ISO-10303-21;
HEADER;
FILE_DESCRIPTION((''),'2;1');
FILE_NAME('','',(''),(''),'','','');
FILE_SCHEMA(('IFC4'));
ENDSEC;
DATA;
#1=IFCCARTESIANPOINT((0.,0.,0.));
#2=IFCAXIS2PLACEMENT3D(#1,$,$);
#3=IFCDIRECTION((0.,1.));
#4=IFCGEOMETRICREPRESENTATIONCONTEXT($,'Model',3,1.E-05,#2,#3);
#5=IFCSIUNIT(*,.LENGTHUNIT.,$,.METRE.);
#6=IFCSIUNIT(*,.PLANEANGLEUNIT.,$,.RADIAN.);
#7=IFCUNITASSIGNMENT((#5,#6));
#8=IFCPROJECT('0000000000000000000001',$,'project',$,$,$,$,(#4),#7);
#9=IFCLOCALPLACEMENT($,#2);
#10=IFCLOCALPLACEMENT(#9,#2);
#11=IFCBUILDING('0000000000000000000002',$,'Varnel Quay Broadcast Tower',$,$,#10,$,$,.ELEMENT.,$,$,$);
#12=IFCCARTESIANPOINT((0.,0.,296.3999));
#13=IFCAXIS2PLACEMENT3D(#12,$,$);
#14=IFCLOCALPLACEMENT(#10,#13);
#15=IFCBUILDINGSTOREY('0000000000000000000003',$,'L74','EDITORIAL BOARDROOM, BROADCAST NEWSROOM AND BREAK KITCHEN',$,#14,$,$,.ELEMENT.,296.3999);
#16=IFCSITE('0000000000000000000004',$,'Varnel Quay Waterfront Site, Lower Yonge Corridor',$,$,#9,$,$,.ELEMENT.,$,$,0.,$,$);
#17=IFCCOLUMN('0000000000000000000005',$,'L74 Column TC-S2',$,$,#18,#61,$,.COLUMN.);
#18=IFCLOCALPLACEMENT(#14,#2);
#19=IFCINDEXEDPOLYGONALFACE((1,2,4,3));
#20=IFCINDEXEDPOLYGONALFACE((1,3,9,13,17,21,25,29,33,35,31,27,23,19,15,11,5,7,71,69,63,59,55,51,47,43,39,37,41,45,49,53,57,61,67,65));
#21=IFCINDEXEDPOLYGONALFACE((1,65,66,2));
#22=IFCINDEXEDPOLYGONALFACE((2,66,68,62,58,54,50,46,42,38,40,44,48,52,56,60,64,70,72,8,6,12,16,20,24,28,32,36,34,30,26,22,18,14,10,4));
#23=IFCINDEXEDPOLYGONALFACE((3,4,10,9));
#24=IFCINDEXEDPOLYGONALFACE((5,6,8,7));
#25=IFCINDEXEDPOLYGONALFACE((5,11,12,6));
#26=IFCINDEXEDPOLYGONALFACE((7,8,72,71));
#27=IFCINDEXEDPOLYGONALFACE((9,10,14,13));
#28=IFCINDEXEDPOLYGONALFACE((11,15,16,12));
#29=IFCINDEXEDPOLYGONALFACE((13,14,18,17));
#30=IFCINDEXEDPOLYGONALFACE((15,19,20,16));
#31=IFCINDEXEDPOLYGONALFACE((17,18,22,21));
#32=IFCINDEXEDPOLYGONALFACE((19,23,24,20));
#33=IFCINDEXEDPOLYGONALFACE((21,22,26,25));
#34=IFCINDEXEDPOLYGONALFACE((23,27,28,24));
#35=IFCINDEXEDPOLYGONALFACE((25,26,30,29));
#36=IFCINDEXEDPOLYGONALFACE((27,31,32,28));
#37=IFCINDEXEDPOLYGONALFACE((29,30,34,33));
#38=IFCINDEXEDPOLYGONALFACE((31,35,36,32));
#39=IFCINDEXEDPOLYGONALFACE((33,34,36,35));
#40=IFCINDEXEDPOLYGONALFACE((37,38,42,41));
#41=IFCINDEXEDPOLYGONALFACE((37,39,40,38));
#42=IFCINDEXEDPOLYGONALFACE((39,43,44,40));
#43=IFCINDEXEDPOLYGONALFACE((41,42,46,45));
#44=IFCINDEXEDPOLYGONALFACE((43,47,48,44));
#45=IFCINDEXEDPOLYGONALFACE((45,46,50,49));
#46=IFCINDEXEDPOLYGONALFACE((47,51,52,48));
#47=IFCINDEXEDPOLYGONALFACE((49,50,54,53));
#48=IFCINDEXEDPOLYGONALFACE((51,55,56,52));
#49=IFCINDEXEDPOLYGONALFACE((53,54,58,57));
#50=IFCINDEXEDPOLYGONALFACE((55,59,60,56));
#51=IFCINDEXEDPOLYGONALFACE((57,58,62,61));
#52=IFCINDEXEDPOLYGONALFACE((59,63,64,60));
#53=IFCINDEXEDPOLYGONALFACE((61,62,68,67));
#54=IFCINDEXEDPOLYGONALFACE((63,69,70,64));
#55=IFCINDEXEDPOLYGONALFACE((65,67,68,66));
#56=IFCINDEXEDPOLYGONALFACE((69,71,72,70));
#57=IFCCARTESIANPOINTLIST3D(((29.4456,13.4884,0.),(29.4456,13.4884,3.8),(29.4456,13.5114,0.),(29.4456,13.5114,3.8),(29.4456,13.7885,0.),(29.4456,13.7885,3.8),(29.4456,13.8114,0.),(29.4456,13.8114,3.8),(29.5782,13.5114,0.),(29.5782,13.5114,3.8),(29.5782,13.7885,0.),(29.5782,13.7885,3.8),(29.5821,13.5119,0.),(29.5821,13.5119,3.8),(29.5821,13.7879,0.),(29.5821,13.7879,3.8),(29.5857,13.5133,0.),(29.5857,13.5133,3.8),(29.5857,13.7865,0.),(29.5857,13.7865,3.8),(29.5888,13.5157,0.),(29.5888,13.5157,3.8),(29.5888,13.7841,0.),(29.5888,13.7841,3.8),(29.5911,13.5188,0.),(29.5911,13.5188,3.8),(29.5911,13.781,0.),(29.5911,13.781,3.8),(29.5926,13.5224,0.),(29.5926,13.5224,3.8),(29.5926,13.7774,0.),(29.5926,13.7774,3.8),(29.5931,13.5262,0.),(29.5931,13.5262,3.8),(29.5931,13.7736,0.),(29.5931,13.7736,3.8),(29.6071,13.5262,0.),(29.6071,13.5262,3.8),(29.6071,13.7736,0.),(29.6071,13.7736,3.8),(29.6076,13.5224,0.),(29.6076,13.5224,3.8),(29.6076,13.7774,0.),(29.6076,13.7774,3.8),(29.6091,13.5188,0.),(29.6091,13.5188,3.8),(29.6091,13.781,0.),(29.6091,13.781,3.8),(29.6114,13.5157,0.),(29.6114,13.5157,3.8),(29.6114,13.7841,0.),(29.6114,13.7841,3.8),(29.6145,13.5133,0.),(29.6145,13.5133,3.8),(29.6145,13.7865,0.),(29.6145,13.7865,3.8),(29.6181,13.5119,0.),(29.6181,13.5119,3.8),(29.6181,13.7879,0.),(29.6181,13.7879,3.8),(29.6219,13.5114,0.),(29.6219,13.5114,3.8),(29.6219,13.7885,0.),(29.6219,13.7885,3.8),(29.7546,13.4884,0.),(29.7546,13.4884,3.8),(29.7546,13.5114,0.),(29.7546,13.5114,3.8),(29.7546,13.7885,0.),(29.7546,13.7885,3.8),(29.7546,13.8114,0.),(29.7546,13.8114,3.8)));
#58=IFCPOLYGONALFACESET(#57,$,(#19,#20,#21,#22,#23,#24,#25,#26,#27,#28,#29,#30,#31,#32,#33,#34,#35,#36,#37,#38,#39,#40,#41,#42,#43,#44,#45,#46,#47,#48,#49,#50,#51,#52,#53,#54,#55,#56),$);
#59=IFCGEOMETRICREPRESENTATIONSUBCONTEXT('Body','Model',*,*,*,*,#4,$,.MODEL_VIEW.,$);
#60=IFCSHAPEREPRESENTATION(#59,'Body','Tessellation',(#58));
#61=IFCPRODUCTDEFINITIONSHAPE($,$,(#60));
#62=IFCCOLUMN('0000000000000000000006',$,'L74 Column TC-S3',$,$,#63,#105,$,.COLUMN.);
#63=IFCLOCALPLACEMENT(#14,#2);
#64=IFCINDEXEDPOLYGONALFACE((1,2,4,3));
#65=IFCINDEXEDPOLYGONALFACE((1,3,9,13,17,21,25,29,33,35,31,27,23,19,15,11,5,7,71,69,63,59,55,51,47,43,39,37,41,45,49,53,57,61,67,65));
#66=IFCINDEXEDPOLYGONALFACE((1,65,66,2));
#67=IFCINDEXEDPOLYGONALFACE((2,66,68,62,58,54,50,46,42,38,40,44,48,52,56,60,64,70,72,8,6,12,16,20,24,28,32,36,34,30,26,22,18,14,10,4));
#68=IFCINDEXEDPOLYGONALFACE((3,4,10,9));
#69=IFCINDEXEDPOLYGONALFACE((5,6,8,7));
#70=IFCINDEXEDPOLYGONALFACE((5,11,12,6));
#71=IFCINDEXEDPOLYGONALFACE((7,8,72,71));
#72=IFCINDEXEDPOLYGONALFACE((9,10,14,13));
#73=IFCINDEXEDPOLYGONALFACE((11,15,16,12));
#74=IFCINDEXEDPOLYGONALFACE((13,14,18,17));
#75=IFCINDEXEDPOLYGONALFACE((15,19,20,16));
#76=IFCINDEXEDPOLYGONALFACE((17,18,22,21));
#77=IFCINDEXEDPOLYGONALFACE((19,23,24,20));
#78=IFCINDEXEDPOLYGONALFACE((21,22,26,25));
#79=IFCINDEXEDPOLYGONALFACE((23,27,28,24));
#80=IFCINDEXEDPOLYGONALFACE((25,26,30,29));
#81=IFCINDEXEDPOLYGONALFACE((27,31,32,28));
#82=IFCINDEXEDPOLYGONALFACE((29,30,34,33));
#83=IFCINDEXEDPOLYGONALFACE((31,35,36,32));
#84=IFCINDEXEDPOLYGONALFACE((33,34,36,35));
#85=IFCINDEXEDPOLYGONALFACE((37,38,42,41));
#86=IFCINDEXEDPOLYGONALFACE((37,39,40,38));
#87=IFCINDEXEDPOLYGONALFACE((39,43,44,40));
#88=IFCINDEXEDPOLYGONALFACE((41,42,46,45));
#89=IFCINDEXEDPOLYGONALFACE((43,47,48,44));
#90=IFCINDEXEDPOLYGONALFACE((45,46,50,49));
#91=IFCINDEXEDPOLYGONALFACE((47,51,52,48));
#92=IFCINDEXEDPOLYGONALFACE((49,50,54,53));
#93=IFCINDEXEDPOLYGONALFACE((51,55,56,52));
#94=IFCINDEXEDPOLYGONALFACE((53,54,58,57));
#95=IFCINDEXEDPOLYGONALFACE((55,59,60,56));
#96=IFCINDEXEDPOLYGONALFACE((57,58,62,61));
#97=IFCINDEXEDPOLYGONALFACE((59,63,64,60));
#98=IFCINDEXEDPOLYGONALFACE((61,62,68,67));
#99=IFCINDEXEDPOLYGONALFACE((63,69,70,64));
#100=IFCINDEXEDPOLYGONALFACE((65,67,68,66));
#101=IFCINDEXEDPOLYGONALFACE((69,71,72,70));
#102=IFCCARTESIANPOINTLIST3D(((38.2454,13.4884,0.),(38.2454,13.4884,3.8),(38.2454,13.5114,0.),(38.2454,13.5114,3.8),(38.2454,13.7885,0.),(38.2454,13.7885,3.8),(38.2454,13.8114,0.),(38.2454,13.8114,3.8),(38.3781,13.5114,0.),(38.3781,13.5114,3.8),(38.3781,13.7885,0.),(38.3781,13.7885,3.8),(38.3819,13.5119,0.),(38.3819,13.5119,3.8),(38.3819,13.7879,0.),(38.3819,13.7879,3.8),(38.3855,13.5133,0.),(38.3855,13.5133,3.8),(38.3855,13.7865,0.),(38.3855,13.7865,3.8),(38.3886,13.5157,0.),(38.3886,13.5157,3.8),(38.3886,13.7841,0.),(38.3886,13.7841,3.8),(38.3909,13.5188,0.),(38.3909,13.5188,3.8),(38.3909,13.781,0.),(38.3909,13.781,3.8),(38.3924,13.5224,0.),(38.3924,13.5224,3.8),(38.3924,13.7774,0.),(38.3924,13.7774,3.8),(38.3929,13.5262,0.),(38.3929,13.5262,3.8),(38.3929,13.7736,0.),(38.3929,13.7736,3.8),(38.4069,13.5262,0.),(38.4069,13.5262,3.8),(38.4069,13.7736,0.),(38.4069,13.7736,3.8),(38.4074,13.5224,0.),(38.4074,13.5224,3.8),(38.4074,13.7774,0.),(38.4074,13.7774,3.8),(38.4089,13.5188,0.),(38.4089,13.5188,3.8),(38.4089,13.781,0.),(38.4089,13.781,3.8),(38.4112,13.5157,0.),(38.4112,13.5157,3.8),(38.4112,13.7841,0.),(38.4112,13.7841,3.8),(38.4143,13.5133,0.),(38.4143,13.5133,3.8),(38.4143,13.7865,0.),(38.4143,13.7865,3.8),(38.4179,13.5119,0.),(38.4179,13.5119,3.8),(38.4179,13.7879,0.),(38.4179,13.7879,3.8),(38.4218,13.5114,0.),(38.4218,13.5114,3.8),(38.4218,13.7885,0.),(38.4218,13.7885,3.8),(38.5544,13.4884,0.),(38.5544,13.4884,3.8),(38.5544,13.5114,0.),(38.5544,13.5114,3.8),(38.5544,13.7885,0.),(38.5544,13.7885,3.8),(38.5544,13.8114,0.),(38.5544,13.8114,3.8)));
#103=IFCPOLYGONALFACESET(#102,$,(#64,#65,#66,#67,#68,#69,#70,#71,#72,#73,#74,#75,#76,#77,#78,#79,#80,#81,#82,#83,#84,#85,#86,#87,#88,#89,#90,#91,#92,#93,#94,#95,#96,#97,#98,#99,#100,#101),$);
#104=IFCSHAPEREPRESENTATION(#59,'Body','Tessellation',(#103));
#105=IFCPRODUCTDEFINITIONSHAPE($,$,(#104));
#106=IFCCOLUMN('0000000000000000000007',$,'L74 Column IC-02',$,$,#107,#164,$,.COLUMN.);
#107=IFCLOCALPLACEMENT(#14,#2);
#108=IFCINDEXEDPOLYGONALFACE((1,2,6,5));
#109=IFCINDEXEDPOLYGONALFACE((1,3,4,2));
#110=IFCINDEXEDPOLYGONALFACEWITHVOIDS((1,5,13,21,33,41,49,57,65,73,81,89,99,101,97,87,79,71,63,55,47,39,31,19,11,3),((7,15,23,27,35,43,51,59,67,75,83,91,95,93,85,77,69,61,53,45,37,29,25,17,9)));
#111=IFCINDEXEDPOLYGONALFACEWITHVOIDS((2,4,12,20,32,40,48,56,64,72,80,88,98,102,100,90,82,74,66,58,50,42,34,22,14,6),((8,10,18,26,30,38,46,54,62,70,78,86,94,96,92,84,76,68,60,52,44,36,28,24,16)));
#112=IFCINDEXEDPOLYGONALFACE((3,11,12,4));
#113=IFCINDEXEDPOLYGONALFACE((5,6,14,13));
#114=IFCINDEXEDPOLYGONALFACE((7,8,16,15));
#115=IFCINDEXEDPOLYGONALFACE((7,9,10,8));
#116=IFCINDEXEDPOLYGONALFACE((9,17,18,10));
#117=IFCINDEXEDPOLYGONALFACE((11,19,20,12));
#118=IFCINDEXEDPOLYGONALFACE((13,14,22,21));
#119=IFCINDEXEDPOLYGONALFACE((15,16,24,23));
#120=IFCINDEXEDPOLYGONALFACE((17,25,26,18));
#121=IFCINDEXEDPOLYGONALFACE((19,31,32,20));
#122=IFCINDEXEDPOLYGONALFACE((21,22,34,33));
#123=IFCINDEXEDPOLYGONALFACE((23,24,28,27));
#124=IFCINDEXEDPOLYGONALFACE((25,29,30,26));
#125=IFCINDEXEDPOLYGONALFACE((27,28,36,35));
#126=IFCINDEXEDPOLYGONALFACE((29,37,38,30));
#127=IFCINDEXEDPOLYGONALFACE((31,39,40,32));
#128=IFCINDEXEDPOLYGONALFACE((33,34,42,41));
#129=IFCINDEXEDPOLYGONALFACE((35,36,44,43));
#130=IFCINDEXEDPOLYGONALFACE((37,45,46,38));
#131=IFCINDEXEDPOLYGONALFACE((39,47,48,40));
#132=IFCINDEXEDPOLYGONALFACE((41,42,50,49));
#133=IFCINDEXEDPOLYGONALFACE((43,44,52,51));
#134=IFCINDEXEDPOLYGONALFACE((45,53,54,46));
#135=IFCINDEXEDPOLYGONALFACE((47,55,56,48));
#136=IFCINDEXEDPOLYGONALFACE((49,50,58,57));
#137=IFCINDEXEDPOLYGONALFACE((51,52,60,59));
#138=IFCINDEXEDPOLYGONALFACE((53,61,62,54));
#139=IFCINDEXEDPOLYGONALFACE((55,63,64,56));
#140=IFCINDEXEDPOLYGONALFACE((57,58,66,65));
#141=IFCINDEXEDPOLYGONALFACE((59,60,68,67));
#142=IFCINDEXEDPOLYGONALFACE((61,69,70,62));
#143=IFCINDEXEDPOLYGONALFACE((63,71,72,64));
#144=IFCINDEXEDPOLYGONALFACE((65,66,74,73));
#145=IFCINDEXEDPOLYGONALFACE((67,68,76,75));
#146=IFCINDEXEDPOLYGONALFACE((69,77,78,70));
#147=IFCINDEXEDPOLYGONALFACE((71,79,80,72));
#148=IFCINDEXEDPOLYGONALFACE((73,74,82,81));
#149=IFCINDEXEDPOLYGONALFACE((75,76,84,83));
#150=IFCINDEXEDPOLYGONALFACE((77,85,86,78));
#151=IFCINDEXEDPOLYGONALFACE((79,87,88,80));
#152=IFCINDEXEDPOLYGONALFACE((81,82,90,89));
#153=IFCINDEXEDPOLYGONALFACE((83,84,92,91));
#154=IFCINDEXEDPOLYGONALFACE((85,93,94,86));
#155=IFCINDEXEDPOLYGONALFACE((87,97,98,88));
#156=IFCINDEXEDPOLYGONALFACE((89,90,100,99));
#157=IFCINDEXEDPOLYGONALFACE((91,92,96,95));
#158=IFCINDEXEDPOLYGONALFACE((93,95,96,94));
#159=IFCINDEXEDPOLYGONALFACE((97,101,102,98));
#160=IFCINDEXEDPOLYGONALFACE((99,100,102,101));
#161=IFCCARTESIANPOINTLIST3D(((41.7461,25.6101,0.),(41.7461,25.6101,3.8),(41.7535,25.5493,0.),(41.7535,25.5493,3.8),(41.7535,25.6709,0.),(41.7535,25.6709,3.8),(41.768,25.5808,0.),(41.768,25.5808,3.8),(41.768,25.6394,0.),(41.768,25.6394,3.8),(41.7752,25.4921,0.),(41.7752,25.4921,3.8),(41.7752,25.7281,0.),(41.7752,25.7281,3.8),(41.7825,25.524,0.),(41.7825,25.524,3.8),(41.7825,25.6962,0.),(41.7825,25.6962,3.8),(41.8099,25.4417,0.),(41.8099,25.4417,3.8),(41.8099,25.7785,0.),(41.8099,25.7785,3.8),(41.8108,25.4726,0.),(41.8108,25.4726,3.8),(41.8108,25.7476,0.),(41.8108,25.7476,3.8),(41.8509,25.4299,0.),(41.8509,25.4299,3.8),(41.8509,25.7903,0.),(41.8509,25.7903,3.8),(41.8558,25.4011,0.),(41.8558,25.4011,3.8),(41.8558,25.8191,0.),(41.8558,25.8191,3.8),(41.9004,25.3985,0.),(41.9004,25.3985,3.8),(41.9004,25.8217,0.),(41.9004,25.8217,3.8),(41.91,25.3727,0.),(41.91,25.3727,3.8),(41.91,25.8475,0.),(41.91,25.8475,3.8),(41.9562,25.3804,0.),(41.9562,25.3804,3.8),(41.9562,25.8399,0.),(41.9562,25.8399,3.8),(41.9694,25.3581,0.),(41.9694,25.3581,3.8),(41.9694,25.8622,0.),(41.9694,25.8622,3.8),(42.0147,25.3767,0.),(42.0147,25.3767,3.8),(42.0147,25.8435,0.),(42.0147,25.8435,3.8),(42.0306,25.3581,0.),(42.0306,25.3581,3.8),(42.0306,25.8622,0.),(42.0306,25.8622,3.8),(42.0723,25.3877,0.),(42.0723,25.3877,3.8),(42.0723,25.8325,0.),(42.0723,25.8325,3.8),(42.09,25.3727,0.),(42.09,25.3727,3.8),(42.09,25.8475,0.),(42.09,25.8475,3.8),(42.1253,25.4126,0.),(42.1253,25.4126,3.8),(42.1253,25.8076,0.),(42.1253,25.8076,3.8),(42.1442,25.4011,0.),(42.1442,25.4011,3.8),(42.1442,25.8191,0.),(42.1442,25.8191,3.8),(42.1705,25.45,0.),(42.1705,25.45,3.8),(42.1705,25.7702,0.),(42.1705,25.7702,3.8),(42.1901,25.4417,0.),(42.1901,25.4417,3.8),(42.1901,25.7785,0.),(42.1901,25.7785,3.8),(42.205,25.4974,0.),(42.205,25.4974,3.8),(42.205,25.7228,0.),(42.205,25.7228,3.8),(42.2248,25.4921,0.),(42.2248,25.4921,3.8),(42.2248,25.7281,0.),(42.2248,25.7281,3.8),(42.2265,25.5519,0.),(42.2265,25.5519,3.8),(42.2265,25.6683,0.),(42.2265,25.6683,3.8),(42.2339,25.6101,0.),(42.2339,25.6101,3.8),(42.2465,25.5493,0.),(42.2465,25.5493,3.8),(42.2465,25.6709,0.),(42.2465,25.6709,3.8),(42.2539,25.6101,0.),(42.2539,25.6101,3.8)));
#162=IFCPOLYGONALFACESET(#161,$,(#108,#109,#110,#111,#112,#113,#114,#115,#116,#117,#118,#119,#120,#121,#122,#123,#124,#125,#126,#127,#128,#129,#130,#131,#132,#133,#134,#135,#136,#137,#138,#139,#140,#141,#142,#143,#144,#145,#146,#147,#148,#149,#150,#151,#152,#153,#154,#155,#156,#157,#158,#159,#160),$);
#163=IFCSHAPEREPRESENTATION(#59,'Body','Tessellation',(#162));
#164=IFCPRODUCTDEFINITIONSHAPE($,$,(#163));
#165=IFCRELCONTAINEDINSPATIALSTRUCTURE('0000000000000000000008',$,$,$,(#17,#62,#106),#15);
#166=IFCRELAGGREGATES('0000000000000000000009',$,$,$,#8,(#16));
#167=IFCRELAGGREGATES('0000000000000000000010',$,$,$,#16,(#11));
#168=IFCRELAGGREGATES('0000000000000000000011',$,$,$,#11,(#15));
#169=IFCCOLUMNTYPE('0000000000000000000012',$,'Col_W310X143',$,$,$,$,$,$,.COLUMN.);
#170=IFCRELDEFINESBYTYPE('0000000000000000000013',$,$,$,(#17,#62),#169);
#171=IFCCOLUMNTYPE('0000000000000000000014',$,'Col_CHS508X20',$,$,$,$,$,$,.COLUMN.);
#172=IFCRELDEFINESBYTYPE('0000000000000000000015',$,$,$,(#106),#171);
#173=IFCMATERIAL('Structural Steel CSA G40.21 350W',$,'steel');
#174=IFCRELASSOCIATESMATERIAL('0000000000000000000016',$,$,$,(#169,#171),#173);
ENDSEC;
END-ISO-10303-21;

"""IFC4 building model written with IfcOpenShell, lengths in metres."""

from ifc_helpers import new_model, si_unit, direction, frame, origin, origin_2d, place, context, subcontext, project, spatial, hollow_circle, i_section, extrude, source, transform, mapped, material, material_profile, profile_set, type_object, type_shapes, element, save


model = new_model("IFC4")

# Units and contexts
model_context = context("Model", 3, precision=1e-05, world=origin(), true_north=direction((0.0, 1.0)))
body_context = subcontext(model_context, "Body", "Model", "MODEL_VIEW")
ifc_project = project(units=[si_unit("LENGTHUNIT", "METRE"), si_unit("PLANEANGLEUNIT", "RADIAN")], contexts=[model_context])

# Site, building, storey
site_placement = place(None, origin())
site = spatial("IfcSite", under=ifc_project, at=site_placement, Name="Varnel Quay Waterfront Site, Lower Yonge Corridor", CompositionType="ELEMENT", RefElevation=0.0)
building_placement = place(site_placement, origin())
building = spatial("IfcBuilding", under=site, at=building_placement, Name="Varnel Quay Broadcast Tower", CompositionType="ELEMENT")
storey_placement = place(building_placement, frame((0.0, 0.0, 296.3999)))
storey = spatial("IfcBuildingStorey", under=building, at=storey_placement, Name="L74", Description="EDITORIAL BOARDROOM, BROADCAST NEWSROOM AND BREAK KITCHEN", CompositionType="ELEMENT", Elevation=296.3999)

# Columns
ifc_material_1 = material(Name="Structural Steel CSA G40.21 350W", Category="steel")
ifc_material_profile_1 = material_profile(ifc_material_1, i_section(OverallWidth=0.3091, OverallDepth=0.323, WebThickness=0.0139, FlangeThickness=0.0229, FilletRadius=0.0149, at=origin_2d()), Name="W310X143")
ifc_profile_set_1 = profile_set([ifc_material_profile_1], Name="Structural Steel CSA G40.21 350W")
column_type_1 = type_object("IfcColumnType", Name="Col_W310X143", PredefinedType="COLUMN", material=ifc_profile_set_1)
shared_shape_1 = source(origin(), body_context, "Body", "SweptSolid", [
    extrude(i_section(OverallWidth=0.3091, OverallDepth=0.323, WebThickness=0.0139, FlangeThickness=0.0229, FilletRadius=0.0149, at=origin_2d()), origin(), (0.0, 0.0, 1.0), 3.8),
])
type_shapes(column_type_1, [shared_shape_1])
for number, where, z_axis, x_axis, name in (
    (1, (29.6001, 13.6499, 0.0), (0.0, 0.0, 1.0), (1.0, 0.0, 0.0), "L74 Column TC-S2"),
    (2, (38.3999, 13.6499, 0.0), (0.0, 0.0, 1.0), (1.0, 0.0, 0.0), "L74 Column TC-S3"),
):
    element("IfcColumn", number, at=place(storey_placement, frame(where, z_axis=z_axis, x_axis=x_axis)), inside=storey, type_object=column_type_1, Name=name, PredefinedType="COLUMN", context=body_context, shape_type="MappedRepresentation", body=[
        mapped(shared_shape_1, transform((0.0, 0.0, 0.0), x_axis=(1.0, 0.0, 0.0), y_axis=(0.0, 1.0, 0.0), z_axis=(0.0, 0.0, 1.0), scale=1.0)),
    ])
ifc_material_profile_2 = material_profile(ifc_material_1, hollow_circle(Radius=0.2539, WallThickness=0.02, at=origin_2d()), Name="CHS508X20")
ifc_profile_set_2 = profile_set([ifc_material_profile_2], Name="Structural Steel CSA G40.21 350W")
column_type_2 = type_object("IfcColumnType", Name="Col_CHS508X20", PredefinedType="COLUMN", material=ifc_profile_set_2)
shared_shape_2 = source(origin(), body_context, "Body", "SweptSolid", [
    extrude(hollow_circle(Radius=0.2539, WallThickness=0.02, at=origin_2d()), origin(), (0.0, 0.0, 1.0), 3.8),
])
type_shapes(column_type_2, [shared_shape_2])
column_placement = place(storey_placement, frame((42.0, 25.6101, 0.0), z_axis=(0.0, 0.0, 1.0), x_axis=(1.0, 0.0, 0.0)))
element("IfcColumn", 3, at=column_placement, inside=storey, type_object=column_type_2, Name="L74 Column IC-02", PredefinedType="COLUMN", context=body_context, shape_type="MappedRepresentation", body=[
    mapped(shared_shape_2, transform((0.0, 0.0, 0.0), x_axis=(1.0, 0.0, 0.0), y_axis=(0.0, 1.0, 0.0), z_axis=(0.0, 0.0, 1.0), scale=1.0)),
])

save(model, "model.ifc")
